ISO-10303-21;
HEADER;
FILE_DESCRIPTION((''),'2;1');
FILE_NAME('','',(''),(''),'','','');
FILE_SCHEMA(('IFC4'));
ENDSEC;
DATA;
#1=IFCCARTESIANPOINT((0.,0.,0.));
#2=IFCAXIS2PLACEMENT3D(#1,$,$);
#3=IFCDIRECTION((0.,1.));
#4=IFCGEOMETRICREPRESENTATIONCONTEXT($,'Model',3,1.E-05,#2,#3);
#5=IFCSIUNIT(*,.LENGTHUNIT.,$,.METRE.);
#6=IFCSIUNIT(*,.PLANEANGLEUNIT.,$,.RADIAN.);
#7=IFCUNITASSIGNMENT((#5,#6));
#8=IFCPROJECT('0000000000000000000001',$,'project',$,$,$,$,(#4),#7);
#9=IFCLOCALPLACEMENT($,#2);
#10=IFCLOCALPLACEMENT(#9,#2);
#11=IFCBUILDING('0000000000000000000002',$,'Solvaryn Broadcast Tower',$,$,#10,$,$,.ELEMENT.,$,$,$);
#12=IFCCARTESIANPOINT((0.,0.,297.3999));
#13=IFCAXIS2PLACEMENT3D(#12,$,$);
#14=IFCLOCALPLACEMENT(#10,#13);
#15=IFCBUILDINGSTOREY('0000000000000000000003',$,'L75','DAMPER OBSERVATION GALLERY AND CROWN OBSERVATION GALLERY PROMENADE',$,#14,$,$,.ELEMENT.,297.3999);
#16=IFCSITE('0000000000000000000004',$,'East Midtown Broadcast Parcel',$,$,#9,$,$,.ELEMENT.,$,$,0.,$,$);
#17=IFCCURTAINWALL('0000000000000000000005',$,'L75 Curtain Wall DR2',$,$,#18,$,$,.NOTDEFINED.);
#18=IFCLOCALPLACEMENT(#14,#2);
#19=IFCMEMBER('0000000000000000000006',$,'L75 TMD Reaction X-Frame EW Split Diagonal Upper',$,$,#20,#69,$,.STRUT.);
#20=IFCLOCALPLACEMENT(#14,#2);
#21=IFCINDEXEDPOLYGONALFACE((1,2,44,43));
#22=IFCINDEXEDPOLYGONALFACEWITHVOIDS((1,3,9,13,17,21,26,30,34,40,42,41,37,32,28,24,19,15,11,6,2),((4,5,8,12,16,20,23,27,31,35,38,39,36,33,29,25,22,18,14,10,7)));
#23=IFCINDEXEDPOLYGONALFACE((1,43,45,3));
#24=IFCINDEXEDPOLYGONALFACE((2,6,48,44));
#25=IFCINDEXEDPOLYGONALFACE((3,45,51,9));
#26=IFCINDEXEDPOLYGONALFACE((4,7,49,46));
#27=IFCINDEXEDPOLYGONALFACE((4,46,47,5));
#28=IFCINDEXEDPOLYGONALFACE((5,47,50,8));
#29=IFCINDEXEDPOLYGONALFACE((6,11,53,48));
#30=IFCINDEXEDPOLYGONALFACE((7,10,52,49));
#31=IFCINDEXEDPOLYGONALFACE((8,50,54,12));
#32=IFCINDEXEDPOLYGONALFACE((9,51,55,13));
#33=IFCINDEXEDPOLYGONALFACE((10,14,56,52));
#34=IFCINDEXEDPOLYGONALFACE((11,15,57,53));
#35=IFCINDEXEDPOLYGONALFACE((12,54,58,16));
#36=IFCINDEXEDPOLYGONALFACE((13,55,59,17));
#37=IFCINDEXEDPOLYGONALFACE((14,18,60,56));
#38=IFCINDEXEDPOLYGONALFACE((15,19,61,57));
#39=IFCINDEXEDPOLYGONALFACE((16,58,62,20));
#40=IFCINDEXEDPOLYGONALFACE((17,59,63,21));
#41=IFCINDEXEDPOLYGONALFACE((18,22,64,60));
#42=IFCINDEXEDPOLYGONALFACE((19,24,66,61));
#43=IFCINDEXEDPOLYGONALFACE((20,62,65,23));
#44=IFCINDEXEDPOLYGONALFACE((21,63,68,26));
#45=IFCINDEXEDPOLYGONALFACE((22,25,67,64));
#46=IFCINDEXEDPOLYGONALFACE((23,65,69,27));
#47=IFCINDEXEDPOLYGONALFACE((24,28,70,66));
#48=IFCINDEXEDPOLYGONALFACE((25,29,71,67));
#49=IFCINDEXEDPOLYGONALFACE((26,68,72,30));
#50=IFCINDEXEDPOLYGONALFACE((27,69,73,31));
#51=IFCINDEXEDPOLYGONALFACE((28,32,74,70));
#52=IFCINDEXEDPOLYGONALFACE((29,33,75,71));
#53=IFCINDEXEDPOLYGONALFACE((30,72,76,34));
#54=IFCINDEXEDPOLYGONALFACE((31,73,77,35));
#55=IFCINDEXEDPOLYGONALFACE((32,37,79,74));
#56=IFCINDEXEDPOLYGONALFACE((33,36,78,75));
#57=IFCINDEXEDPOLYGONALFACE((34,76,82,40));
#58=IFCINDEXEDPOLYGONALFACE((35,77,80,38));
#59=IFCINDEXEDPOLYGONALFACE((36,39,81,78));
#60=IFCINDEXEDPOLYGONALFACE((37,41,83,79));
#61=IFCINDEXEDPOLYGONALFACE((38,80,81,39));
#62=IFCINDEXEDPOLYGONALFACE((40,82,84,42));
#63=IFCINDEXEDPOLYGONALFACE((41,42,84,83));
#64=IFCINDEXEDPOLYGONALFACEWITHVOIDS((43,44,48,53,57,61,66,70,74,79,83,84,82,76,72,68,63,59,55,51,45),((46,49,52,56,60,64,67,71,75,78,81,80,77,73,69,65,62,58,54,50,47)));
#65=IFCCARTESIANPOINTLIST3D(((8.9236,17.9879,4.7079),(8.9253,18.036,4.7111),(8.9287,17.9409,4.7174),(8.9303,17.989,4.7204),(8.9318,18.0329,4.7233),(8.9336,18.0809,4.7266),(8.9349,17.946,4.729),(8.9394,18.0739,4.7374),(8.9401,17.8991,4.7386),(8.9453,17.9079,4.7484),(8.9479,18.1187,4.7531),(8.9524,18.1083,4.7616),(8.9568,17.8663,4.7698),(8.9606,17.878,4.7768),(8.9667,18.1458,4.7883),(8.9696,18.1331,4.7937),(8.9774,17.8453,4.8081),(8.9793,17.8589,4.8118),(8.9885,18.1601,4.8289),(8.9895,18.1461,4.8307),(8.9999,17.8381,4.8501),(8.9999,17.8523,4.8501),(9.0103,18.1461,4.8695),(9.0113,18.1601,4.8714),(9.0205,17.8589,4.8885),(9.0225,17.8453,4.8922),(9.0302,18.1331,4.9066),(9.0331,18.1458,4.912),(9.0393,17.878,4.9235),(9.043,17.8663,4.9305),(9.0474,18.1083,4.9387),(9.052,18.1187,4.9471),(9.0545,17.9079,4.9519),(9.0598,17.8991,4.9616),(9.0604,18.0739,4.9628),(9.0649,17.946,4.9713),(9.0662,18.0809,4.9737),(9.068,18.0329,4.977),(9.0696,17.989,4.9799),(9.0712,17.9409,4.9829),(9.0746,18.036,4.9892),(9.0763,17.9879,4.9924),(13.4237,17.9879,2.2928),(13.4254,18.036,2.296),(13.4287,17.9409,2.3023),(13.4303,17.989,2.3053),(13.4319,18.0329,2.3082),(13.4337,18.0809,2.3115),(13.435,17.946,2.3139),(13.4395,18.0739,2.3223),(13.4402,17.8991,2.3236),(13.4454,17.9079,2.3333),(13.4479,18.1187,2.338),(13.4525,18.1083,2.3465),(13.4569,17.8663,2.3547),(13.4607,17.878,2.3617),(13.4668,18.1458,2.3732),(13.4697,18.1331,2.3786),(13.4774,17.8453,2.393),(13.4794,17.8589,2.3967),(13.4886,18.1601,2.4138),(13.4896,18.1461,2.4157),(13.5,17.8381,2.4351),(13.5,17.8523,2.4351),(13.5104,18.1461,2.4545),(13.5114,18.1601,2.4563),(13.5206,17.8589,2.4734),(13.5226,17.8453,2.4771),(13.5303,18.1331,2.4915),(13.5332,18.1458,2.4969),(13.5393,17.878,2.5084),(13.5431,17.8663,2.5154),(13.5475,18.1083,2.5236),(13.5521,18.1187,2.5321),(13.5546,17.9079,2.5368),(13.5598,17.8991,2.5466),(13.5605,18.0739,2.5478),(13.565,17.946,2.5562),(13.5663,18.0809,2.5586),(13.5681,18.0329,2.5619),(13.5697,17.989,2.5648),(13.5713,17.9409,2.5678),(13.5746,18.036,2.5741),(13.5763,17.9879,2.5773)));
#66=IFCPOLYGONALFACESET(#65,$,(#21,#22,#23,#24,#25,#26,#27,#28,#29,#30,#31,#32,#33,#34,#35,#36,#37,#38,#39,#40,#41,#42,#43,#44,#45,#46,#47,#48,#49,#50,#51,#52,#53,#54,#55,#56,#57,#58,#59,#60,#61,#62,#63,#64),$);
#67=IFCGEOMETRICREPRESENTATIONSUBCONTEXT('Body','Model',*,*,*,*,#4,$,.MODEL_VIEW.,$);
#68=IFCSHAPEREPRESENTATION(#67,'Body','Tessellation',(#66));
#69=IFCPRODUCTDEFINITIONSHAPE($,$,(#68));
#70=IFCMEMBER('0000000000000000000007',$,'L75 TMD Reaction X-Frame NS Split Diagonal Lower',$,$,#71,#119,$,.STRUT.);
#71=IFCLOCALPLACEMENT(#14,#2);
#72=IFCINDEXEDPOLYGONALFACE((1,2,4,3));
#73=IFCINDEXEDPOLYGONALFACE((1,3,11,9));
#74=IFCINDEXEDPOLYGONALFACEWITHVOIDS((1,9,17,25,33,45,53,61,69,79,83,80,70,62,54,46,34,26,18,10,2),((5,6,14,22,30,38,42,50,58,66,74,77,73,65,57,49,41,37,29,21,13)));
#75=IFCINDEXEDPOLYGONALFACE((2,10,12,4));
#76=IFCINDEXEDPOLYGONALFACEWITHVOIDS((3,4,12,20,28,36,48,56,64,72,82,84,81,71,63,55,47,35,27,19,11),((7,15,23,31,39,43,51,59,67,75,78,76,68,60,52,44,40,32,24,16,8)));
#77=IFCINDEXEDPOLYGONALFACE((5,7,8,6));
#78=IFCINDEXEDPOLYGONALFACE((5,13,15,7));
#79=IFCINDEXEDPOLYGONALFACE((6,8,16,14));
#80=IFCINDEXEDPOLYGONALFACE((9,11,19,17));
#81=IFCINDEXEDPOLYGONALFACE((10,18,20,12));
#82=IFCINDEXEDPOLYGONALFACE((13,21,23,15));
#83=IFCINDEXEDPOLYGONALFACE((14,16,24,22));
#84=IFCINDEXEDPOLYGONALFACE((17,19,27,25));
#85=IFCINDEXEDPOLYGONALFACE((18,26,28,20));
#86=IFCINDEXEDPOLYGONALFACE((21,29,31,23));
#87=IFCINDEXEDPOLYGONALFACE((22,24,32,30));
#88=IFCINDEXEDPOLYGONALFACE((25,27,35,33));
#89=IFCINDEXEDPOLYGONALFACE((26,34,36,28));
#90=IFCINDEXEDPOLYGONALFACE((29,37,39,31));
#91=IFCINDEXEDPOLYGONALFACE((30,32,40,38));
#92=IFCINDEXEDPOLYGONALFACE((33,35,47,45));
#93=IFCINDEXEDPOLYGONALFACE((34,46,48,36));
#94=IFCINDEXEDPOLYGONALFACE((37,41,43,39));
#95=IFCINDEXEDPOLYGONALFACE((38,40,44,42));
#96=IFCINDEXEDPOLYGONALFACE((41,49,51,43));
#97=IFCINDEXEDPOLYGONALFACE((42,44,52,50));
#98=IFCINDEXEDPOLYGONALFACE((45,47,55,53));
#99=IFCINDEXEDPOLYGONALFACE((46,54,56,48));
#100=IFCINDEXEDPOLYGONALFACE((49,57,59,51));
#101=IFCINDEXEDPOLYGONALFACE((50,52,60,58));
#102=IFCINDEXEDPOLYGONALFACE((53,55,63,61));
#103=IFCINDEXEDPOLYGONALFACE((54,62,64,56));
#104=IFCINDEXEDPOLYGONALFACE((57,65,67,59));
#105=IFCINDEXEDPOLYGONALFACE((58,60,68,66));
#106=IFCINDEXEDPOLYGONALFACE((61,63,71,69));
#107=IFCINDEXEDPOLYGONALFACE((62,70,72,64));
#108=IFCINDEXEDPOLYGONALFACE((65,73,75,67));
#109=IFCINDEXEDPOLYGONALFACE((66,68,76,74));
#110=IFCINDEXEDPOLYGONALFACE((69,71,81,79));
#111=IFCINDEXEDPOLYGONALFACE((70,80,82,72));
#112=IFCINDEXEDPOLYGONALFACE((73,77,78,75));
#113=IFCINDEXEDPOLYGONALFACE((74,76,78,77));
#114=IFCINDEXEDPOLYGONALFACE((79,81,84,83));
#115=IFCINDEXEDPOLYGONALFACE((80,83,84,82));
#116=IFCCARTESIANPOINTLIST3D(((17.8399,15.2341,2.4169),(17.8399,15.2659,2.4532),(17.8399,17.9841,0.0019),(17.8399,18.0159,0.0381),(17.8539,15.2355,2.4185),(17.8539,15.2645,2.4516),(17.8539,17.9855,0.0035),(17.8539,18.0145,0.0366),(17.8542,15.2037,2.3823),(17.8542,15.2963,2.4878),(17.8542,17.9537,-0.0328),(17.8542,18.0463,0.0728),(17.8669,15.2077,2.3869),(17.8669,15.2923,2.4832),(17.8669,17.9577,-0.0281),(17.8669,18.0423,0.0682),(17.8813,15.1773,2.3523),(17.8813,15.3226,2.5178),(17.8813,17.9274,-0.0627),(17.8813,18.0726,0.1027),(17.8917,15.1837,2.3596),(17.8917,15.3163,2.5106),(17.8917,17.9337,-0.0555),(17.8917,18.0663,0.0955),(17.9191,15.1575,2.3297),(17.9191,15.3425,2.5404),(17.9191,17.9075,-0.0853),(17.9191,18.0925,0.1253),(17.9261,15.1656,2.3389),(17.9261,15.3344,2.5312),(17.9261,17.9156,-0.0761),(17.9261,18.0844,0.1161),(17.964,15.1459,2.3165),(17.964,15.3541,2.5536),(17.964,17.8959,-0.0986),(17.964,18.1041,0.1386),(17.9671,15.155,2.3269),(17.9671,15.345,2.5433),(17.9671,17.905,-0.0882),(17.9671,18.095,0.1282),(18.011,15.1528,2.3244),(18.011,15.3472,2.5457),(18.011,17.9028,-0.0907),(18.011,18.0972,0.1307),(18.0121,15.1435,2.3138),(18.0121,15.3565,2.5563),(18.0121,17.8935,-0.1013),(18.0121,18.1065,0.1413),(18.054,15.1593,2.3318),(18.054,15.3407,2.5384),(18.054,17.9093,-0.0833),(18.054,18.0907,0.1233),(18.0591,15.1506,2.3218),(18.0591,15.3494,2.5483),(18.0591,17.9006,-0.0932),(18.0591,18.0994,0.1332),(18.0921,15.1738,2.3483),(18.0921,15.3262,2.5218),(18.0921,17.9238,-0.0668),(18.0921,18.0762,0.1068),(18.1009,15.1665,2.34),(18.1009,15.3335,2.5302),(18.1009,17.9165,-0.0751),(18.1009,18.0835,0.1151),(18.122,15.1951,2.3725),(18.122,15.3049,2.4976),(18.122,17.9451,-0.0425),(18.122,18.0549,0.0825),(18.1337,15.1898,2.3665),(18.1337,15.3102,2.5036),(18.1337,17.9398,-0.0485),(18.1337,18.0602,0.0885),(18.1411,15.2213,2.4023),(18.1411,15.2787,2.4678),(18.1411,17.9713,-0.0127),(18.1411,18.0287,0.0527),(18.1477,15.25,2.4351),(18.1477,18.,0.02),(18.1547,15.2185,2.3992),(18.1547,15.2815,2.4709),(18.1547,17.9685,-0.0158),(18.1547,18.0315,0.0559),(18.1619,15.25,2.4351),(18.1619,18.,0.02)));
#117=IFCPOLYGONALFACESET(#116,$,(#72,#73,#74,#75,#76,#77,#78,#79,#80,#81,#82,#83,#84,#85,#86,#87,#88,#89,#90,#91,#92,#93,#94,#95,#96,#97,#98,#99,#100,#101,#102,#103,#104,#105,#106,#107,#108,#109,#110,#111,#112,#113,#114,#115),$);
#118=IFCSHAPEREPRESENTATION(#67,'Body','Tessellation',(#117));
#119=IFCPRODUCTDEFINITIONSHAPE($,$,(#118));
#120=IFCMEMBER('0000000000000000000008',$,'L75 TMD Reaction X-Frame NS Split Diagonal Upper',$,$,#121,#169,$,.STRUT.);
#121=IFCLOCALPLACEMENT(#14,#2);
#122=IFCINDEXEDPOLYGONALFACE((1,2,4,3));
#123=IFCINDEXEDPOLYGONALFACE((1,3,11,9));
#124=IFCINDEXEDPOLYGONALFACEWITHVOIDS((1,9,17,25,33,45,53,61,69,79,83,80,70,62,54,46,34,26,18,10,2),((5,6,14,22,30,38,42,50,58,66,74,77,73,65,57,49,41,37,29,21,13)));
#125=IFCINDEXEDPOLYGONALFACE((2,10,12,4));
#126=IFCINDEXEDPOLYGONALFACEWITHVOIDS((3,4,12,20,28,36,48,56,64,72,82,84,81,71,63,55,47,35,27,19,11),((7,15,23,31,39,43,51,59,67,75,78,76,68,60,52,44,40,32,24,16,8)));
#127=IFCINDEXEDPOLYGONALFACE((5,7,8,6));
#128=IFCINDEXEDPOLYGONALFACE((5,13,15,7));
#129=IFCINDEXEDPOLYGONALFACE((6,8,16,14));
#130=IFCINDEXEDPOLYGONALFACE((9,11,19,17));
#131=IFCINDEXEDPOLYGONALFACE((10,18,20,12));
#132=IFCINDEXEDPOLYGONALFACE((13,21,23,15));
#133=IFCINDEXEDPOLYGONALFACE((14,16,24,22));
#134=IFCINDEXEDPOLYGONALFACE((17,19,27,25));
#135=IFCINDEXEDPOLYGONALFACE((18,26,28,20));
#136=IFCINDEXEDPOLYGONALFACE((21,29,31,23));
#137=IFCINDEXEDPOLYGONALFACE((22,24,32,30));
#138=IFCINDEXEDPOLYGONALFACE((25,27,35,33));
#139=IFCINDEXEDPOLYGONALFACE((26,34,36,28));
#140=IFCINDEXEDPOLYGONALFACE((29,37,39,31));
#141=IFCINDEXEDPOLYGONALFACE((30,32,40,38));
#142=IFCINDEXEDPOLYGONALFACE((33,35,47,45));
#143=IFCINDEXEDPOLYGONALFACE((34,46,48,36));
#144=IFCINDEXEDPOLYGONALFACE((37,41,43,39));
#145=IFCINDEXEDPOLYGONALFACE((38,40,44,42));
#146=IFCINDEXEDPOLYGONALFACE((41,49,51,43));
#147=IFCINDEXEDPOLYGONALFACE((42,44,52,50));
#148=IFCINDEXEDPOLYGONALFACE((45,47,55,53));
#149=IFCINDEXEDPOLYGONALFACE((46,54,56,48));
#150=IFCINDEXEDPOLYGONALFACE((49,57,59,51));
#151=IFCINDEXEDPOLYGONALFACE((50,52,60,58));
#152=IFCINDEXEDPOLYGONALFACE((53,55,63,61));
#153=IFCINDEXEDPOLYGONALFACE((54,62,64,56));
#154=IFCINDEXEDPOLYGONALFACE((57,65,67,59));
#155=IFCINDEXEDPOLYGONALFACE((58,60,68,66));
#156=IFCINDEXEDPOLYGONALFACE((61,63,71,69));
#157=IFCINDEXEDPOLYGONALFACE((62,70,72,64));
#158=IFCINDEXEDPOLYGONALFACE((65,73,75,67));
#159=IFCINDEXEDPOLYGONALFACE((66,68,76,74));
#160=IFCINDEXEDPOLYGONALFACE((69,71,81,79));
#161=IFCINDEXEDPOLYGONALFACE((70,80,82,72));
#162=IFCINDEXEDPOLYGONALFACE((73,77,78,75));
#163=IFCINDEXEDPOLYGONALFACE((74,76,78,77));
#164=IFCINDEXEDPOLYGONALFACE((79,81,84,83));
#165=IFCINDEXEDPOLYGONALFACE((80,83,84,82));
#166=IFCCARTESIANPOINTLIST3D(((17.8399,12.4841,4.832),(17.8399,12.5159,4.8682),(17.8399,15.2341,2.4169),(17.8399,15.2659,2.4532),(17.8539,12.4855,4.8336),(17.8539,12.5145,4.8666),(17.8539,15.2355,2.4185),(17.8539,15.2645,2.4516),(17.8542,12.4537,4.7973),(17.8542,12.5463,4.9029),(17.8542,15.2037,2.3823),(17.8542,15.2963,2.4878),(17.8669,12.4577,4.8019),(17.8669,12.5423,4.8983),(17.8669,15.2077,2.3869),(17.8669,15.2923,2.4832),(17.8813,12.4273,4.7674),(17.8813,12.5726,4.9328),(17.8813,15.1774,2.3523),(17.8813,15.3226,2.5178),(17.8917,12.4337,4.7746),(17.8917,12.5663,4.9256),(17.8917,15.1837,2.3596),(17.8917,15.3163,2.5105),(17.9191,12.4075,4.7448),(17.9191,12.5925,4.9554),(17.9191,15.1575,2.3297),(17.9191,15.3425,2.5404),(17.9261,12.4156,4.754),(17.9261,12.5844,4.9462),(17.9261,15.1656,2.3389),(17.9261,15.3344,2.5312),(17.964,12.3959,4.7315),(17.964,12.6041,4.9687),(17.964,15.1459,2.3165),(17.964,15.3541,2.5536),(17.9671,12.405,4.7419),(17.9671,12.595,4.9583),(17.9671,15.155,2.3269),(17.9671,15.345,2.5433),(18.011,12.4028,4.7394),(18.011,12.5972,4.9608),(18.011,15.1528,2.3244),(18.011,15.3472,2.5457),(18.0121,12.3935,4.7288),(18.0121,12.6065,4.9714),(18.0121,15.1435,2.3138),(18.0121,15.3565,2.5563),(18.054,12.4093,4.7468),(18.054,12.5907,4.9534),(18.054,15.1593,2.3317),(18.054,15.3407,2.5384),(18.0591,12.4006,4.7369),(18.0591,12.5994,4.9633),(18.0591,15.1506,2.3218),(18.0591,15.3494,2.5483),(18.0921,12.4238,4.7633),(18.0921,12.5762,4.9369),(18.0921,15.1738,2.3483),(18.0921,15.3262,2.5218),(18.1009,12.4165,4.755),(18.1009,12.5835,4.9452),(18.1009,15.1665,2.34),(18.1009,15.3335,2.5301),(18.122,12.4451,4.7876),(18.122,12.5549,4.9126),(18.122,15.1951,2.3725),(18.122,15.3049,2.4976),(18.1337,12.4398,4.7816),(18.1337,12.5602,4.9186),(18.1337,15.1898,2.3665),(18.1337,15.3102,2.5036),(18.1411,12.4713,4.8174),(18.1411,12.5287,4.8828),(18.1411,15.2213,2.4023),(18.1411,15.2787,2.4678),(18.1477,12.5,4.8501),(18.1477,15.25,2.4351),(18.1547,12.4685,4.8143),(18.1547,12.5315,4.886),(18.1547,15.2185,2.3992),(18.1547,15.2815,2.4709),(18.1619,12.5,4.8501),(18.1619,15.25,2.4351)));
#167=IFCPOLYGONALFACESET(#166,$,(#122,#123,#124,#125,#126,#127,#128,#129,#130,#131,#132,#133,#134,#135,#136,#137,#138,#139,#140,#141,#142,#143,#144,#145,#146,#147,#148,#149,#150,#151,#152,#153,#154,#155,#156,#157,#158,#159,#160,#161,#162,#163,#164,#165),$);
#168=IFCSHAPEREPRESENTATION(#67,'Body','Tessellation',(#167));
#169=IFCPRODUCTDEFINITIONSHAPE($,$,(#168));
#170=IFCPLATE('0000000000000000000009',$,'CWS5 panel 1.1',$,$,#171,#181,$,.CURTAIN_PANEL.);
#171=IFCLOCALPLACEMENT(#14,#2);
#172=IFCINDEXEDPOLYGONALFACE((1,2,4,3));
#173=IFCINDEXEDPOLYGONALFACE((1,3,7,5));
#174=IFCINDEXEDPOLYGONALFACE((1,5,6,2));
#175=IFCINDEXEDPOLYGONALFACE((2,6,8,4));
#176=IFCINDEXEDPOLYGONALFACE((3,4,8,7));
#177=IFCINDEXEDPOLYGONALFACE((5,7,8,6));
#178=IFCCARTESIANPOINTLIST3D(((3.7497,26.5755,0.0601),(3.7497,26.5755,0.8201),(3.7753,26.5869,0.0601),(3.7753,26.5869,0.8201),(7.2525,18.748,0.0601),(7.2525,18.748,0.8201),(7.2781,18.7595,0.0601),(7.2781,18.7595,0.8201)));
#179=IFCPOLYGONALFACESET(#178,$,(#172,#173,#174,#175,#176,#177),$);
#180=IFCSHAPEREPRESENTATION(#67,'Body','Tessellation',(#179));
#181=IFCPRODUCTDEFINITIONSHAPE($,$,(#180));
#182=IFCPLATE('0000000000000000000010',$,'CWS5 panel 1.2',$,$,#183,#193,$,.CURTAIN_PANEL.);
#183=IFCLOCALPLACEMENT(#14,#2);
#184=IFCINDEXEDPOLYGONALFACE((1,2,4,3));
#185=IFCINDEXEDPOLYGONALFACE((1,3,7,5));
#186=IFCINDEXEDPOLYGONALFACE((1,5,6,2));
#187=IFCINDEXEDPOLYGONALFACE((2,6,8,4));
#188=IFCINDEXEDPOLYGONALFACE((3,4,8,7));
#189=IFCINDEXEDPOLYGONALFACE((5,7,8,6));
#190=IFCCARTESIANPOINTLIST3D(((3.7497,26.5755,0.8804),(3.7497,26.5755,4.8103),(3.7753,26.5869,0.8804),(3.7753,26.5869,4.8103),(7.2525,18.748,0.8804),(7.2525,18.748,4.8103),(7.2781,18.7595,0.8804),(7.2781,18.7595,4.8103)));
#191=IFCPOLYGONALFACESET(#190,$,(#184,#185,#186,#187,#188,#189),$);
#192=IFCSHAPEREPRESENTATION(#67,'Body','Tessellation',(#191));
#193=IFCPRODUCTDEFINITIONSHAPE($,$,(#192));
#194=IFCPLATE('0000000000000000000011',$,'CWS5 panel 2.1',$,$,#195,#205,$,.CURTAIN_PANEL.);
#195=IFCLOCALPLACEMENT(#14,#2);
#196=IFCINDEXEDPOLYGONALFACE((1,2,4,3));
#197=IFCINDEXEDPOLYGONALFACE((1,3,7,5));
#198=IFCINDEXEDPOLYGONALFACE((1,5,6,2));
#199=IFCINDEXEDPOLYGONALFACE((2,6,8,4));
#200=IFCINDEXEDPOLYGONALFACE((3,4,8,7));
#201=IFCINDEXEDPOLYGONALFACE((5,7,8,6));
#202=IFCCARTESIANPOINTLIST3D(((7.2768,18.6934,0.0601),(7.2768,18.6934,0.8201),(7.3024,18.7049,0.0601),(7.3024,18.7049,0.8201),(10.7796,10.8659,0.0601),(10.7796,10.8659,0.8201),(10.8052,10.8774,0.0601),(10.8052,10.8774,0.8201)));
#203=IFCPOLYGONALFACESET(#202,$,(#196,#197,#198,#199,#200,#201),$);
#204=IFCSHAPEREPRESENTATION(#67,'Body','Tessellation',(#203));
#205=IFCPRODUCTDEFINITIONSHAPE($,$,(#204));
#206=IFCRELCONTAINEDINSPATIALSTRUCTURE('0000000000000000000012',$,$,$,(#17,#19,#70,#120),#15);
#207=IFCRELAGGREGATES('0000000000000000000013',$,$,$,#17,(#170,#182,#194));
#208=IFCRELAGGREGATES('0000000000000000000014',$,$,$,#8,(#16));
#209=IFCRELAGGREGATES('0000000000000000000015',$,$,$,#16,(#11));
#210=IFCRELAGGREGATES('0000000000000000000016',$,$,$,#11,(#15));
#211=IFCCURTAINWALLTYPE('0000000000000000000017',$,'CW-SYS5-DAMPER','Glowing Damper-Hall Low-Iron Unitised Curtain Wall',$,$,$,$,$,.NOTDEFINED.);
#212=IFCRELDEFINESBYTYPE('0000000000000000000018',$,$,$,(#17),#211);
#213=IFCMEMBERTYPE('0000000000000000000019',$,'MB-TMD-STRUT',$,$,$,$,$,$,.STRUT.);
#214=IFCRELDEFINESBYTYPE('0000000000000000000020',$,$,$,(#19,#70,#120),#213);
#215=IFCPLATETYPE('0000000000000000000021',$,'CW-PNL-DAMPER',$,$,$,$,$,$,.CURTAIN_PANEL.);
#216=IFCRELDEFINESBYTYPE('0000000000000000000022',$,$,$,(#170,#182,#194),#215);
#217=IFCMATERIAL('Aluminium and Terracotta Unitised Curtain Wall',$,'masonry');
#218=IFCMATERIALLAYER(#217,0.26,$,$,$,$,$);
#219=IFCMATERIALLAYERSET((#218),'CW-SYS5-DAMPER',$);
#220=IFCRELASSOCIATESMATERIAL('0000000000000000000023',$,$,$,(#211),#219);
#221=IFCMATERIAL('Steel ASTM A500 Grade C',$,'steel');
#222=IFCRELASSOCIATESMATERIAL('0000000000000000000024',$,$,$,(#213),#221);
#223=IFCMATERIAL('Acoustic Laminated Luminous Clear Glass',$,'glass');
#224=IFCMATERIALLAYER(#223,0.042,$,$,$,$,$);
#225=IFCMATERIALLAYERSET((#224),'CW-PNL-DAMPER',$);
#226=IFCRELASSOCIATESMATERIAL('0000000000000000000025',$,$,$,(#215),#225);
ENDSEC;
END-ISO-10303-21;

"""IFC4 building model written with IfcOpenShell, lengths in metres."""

from ifc_helpers import new_model, si_unit, direction, frame, origin, origin_2d, place, context, subcontext, project, spatial, rectangle, hollow_circle, extrude, material, layer, layer_set, material_profile, profile_set, type_object, element, aggregate, save


model = new_model("IFC4")

# Units and contexts
model_context = context("Model", 3, precision=1e-05, world=origin(), true_north=direction((0.0, 1.0)))
body_context = subcontext(model_context, "Body", "Model", "MODEL_VIEW")
ifc_project = project(units=[si_unit("LENGTHUNIT", "METRE"), si_unit("PLANEANGLEUNIT", "RADIAN")], contexts=[model_context])

# Site, building, storey
site_placement = place(None, origin())
site = spatial("IfcSite", under=ifc_project, at=site_placement, Name="East Midtown Broadcast Parcel", CompositionType="ELEMENT", RefElevation=0.0)
building_placement = place(site_placement, origin())
building = spatial("IfcBuilding", under=site, at=building_placement, Name="Solvaryn Broadcast Tower", CompositionType="ELEMENT")
storey_placement = place(building_placement, frame((0.0, 0.0, 297.3999)))
storey = spatial("IfcBuildingStorey", under=building, at=storey_placement, Name="L75", Description="DAMPER OBSERVATION GALLERY AND CROWN OBSERVATION GALLERY PROMENADE", CompositionType="ELEMENT", Elevation=297.3999)

# Shared definitions
ifc_material_1 = material(Name="Aluminium and Terracotta Unitised Curtain Wall", Category="masonry")
ifc_layer_1 = layer(ifc_material_1, 0.26)
ifc_layer_set_1 = layer_set([ifc_layer_1], Name="CW-SYS5-DAMPER")
curtain_wall_type = type_object("IfcCurtainWallType", Name="CW-SYS5-DAMPER", Description="Glowing Damper-Hall Low-Iron Unitised Curtain Wall", PredefinedType="NOTDEFINED", material=ifc_layer_set_1)

# Curtain wall
curtain_wall_1_placement = place(storey_placement, origin())
curtain_wall_1 = element("IfcCurtainWall", 1, at=curtain_wall_1_placement, inside=storey, type_object=curtain_wall_type, Name="L75 Curtain Wall DR2", PredefinedType="NOTDEFINED")

# Members
ifc_material_2 = material(Name="Steel ASTM A500 Grade C", Category="steel")
ifc_material_profile_1 = material_profile(ifc_material_2, hollow_circle(Radius=0.1619, WallThickness=0.0142, at=origin_2d()))
ifc_profile_set_1 = profile_set([ifc_material_profile_1], Name="Steel ASTM A500 Grade C")
member_type_1 = type_object("IfcMemberType", Name="MB-TMD-STRUT", PredefinedType="STRUT", material=ifc_profile_set_1)
for number, where, z_axis, x_axis, name in (
    (2, (13.5, 18.0, 2.4351), (-0.881127, 0.0, 0.472879), (0.0, -1.0, 0.0), "L75 TMD Reaction X-Frame EW Split Diagonal Upper"),
):
    element("IfcMember", number, at=place(storey_placement, frame(where, z_axis=z_axis, x_axis=x_axis)), inside=storey, type_object=member_type_1, Name=name, PredefinedType="STRUT", context=body_context, shape_type="SweptSolid", body=[
        extrude(hollow_circle(Radius=0.1619, WallThickness=0.0142, at=origin_2d()), origin(), (0.0, 0.0, 1.0), 5.1072),
    ])
for number, where, z_axis, x_axis, name in (
    (3, (18.0, 18.0, 0.02), (0.0, -0.751385, 0.659864), (1.0, 0.0, 0.0), "L75 TMD Reaction X-Frame NS Split Diagonal Lower"),
    (4, (18.0, 15.25, 2.4351), (0.0, -0.751385, 0.659864), (1.0, 0.0, 0.0), "L75 TMD Reaction X-Frame NS Split Diagonal Upper"),
):
    element("IfcMember", number, at=place(storey_placement, frame(where, z_axis=z_axis, x_axis=x_axis)), inside=storey, type_object=member_type_1, Name=name, PredefinedType="STRUT", context=body_context, shape_type="SweptSolid", body=[
        extrude(hollow_circle(Radius=0.1619, WallThickness=0.0142, at=origin_2d()), origin(), (0.0, 0.0, 1.0), 3.6599),
    ])

# Plates
ifc_material_3 = material(Name="Acoustic Laminated Luminous Clear Glass", Category="glass")
ifc_layer_2 = layer(ifc_material_3, 0.042)
ifc_layer_set_2 = layer_set([ifc_layer_2], Name="CW-PNL-DAMPER")
plate_type_1 = type_object("IfcPlateType", Name="CW-PNL-DAMPER", PredefinedType="CURTAIN_PANEL", material=ifc_layer_set_2)
plate_1_placement = place(storey_placement, frame((5.5139, 22.6675, 0.0601), z_axis=(0.0, 0.0, 1.0), x_axis=(0.408466, -0.912774, 0.0)))
plate_1 = element("IfcPlate", 5, at=plate_1_placement, type_object=plate_type_1, Name="CWS5 panel 1.1", PredefinedType="CURTAIN_PANEL", context=body_context, shape_type="SweptSolid", body=[
    extrude(rectangle(XDim=8.5754, YDim=0.0281, at=origin_2d()), origin(), (0.0, 0.0, 1.0), 0.76),
])
plate_2_placement = place(storey_placement, frame((5.5139, 22.6675, 0.8804), z_axis=(0.0, 0.0, 1.0), x_axis=(0.408466, -0.912774, 0.0)))
plate_2 = element("IfcPlate", 6, at=plate_2_placement, type_object=plate_type_1, Name="CWS5 panel 1.2", PredefinedType="CURTAIN_PANEL", context=body_context, shape_type="SweptSolid", body=[
    extrude(rectangle(XDim=8.5754, YDim=0.0281, at=origin_2d()), origin(), (0.0, 0.0, 1.0), 3.9299),
])
plate_3_placement = place(storey_placement, frame((9.041, 14.7854, 0.0601), z_axis=(0.0, 0.0, 1.0), x_axis=(0.408466, -0.912774, 0.0)))
plate_3 = element("IfcPlate", 7, at=plate_3_placement, type_object=plate_type_1, Name="CWS5 panel 2.1", PredefinedType="CURTAIN_PANEL", context=body_context, shape_type="SweptSolid", body=[
    extrude(rectangle(XDim=8.5754, YDim=0.0281, at=origin_2d()), origin(), (0.0, 0.0, 1.0), 0.76),
])
aggregate(curtain_wall_1, [plate_1, plate_2, plate_3])

save(model, "model.ifc")
